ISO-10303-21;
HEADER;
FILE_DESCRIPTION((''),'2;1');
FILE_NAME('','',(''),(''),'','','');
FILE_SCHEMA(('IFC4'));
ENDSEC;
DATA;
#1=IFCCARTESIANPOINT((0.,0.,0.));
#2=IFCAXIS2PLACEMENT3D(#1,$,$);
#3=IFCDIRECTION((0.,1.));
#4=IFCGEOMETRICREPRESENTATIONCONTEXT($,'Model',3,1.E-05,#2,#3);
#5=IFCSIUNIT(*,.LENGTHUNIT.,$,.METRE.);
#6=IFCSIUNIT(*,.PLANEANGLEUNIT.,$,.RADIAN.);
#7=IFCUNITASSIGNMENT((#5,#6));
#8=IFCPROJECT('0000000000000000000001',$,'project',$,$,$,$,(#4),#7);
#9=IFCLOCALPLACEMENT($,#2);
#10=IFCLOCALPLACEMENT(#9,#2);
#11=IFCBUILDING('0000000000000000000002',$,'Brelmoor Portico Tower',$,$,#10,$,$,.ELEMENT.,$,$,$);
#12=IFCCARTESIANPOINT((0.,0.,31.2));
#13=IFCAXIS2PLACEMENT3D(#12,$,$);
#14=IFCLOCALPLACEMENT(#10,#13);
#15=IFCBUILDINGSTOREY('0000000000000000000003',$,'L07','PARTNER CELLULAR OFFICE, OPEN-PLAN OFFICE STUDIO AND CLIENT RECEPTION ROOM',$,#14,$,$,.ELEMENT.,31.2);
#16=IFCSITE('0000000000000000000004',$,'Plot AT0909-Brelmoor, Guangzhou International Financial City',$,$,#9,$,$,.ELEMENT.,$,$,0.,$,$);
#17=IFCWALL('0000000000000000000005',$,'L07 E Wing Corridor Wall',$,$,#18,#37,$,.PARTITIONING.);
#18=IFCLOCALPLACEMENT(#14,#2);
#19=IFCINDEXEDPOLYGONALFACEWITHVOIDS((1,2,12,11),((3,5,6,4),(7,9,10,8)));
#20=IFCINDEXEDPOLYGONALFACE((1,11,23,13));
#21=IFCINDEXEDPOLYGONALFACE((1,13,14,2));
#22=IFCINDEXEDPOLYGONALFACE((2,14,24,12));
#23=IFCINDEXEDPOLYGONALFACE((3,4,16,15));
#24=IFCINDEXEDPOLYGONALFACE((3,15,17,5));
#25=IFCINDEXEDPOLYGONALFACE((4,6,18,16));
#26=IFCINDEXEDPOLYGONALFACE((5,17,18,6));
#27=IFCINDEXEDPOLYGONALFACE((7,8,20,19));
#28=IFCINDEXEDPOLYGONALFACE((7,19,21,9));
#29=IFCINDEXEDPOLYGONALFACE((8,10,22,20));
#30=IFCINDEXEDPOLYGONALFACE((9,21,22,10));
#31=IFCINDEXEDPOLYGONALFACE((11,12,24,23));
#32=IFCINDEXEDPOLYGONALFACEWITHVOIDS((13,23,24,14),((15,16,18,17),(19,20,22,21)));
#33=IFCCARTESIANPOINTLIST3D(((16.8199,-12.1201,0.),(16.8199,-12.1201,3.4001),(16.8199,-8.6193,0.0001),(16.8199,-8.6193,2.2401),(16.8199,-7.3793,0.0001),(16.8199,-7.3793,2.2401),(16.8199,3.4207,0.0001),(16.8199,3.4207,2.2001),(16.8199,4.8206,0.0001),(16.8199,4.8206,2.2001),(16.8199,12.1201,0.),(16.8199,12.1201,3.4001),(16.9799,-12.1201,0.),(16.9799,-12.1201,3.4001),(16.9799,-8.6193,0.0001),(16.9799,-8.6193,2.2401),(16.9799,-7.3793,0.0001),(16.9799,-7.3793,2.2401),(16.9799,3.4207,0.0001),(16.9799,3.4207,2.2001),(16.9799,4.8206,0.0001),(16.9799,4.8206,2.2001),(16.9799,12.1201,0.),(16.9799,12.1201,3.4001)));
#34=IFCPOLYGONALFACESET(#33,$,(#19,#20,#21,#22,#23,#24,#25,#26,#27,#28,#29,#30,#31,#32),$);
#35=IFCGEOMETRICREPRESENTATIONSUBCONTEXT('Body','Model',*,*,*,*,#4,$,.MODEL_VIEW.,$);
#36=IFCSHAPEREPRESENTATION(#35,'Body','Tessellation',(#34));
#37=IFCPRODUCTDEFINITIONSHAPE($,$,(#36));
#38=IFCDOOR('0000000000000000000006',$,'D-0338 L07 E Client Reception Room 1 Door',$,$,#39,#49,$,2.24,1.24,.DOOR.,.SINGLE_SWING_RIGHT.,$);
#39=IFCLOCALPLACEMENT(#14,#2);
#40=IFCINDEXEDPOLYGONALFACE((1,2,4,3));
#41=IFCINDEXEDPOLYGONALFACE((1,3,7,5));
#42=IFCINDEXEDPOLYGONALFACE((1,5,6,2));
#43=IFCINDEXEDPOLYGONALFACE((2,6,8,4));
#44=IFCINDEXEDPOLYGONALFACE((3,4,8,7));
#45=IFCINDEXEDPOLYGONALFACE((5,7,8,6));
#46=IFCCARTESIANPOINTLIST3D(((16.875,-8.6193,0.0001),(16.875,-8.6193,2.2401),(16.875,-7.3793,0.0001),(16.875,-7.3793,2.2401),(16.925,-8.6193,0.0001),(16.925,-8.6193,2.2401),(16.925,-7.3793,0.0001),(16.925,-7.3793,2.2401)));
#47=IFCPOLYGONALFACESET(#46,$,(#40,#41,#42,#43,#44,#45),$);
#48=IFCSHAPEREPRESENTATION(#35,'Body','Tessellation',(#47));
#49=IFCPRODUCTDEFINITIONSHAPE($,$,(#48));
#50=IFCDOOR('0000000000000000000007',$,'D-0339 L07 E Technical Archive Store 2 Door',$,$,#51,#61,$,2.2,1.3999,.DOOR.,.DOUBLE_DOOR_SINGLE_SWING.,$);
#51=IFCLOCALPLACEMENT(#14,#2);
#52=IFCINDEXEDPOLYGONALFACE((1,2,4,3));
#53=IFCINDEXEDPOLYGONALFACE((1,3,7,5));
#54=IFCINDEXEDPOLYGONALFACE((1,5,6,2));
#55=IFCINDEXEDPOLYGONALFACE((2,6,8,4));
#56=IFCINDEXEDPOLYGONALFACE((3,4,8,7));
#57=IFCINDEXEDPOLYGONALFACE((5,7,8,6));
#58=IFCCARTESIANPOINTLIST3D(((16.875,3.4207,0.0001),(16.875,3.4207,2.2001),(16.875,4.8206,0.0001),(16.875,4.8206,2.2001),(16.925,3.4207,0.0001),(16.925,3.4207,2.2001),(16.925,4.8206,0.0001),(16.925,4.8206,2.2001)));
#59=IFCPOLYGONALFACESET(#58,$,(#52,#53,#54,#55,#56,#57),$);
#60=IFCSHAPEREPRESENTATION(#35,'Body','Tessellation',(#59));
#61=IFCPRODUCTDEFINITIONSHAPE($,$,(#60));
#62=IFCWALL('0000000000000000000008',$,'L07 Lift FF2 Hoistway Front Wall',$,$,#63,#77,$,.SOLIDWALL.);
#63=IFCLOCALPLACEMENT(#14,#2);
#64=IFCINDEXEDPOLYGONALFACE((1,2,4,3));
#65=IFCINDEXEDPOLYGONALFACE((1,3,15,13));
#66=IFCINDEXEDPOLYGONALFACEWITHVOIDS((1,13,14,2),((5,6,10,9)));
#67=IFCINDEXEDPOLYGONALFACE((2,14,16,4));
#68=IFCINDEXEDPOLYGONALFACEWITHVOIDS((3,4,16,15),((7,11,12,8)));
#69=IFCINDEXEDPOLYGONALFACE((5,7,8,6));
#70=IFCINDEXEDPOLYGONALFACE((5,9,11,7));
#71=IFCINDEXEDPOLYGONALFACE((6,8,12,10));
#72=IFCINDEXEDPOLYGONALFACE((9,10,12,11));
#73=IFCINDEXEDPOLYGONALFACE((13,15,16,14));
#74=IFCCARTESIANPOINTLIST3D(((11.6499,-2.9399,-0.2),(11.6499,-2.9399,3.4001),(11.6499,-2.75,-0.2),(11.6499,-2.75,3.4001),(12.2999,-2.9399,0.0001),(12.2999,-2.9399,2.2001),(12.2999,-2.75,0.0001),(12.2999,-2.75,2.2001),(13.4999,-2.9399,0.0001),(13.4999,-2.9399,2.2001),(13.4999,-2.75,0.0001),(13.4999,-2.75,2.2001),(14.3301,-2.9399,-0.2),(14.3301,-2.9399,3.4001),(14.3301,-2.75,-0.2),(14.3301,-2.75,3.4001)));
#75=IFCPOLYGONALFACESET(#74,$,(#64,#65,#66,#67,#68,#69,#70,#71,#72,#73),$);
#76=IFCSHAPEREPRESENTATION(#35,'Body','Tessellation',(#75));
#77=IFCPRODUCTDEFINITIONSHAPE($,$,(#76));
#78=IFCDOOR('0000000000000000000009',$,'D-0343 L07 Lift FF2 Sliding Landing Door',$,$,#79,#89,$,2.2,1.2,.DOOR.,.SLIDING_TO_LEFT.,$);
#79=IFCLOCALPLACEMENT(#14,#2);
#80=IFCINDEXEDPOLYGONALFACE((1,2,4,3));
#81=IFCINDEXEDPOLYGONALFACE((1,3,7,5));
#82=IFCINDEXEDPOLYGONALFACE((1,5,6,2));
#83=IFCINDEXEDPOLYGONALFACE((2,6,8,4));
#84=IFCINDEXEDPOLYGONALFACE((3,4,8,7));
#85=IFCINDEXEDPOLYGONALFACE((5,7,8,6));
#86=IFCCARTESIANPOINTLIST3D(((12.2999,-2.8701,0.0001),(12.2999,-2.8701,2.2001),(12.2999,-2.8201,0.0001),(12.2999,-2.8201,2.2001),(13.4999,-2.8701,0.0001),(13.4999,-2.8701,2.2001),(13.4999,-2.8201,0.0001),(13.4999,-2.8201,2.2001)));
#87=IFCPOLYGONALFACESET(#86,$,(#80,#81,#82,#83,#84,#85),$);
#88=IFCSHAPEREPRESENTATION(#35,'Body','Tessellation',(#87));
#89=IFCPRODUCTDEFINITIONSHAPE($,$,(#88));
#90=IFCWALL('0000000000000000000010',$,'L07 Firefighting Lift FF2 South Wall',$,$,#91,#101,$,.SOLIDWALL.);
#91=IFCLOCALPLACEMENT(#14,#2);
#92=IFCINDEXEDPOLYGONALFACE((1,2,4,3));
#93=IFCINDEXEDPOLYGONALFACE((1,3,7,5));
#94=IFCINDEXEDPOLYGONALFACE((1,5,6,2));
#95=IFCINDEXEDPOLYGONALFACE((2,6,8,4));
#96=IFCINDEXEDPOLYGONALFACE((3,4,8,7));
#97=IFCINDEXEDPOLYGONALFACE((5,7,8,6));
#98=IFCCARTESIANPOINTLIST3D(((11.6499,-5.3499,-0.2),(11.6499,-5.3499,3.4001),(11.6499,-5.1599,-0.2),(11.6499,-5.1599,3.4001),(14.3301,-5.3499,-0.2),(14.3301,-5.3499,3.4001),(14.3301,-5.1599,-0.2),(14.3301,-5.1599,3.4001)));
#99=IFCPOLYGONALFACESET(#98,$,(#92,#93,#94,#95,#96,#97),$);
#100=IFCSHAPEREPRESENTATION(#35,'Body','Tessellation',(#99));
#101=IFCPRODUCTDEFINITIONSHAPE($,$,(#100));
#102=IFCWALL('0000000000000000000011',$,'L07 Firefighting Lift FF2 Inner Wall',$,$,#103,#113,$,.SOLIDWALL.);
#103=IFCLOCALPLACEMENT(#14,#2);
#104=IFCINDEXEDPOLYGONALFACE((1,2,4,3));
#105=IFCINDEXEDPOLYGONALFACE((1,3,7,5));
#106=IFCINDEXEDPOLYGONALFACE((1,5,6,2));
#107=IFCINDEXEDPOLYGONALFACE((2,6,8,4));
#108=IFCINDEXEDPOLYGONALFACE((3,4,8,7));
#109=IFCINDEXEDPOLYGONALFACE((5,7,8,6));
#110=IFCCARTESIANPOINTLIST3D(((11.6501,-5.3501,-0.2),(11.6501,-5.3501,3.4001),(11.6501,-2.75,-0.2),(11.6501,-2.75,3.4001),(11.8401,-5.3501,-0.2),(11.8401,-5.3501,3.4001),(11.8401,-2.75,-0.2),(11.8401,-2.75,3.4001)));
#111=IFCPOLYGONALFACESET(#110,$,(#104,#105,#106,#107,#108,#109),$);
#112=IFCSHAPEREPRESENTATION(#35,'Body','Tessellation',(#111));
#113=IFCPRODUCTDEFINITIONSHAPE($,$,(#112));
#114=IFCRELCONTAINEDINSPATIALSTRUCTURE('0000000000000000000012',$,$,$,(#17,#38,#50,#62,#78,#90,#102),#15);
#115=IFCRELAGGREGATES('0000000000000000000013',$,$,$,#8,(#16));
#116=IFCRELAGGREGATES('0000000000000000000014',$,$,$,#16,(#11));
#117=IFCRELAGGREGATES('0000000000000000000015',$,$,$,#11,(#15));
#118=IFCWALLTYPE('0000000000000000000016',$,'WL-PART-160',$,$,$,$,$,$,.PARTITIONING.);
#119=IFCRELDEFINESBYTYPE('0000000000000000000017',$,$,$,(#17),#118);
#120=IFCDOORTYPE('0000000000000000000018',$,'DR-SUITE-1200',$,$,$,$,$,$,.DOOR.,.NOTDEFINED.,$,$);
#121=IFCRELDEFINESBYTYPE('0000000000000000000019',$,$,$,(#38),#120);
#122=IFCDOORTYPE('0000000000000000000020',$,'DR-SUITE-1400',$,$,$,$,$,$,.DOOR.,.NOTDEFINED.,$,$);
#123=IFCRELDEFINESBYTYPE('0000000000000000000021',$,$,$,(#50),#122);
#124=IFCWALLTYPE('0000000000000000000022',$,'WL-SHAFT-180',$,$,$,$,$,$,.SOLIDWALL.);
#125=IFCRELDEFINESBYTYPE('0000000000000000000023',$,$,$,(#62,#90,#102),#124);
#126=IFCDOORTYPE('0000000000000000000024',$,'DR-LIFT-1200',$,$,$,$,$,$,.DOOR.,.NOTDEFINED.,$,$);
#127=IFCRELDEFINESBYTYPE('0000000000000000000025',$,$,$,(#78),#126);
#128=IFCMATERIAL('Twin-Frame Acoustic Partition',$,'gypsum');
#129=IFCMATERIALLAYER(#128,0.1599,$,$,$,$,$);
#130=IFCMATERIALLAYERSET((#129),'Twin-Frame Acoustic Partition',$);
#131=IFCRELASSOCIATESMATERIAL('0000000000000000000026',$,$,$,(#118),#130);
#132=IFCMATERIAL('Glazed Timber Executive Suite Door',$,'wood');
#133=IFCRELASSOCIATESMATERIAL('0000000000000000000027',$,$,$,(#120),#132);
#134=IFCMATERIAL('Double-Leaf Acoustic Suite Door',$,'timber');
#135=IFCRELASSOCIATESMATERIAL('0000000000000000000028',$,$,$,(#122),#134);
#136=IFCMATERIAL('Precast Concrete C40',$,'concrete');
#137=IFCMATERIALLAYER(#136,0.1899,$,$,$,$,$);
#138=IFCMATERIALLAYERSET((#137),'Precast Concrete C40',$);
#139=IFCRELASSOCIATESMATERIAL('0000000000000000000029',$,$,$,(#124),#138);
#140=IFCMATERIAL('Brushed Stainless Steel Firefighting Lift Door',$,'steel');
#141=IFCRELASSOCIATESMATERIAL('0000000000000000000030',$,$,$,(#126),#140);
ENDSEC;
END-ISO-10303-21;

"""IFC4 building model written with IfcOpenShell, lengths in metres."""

from ifc_helpers import new_model, si_unit, direction, frame, frame_2d, origin, place, context, subcontext, project, spatial, rectangle, extrude, material, layer, layer_set, type_object, element, fill, save


model = new_model("IFC4")

# Units and contexts
model_context = context("Model", 3, precision=1e-05, world=origin(), true_north=direction((0.0, 1.0)))
body_context = subcontext(model_context, "Body", "Model", "MODEL_VIEW")
ifc_project = project(units=[si_unit("LENGTHUNIT", "METRE"), si_unit("PLANEANGLEUNIT", "RADIAN")], contexts=[model_context])

# Site, building, storey
site_placement = place(None, origin())
site = spatial("IfcSite", under=ifc_project, at=site_placement, Name="Plot AT0909-Brelmoor, Guangzhou International Financial City", CompositionType="ELEMENT", RefElevation=0.0)
building_placement = place(site_placement, origin())
building = spatial("IfcBuilding", under=site, at=building_placement, Name="Brelmoor Portico Tower", CompositionType="ELEMENT")
storey_placement = place(building_placement, frame((0.0, 0.0, 31.2)))
storey = spatial("IfcBuildingStorey", under=building, at=storey_placement, Name="L07", Description="PARTNER CELLULAR OFFICE, OPEN-PLAN OFFICE STUDIO AND CLIENT RECEPTION ROOM", CompositionType="ELEMENT", Elevation=31.2)

# Shared definitions
ifc_material_1 = material(Name="Twin-Frame Acoustic Partition", Category="gypsum")
ifc_layer_1 = layer(ifc_material_1, 0.1599)
ifc_layer_set_1 = layer_set([ifc_layer_1], Name="Twin-Frame Acoustic Partition")
wall_type_1 = type_object("IfcWallType", Name="WL-PART-160", PredefinedType="PARTITIONING", material=ifc_layer_set_1)

# Wall, openings, doors
wall_1_placement = place(storey_placement, frame((16.8999, -12.1201, 0.0), z_axis=(0.0, 0.0, 1.0), x_axis=(0.0, 1.0, 0.0)))
wall_1 = element("IfcWall", 1, at=wall_1_placement, inside=storey, type_object=wall_type_1, Name="L07 E Wing Corridor Wall", PredefinedType="PARTITIONING", context=body_context, shape_type="SweptSolid", body=[
    extrude(rectangle(XDim=24.2402, YDim=0.1599, at=frame_2d((12.1201, 0.0))), origin(), (0.0, 0.0, 1.0), 3.4001),
])
opening_1_placement = place(wall_1_placement, frame((3.5007, 0.0, 0.0)))
opening_1 = element("IfcOpeningElement", 2, at=opening_1_placement, cuts=wall_1, PredefinedType="OPENING", context=body_context, shape_type="SweptSolid", body=[
    extrude(rectangle(XDim=1.24, YDim=2.24, at=frame_2d((0.6201, 1.1201))), frame((0.0, 0.0898, 0.0), z_axis=(0.0, -1.0, 0.0), x_axis=(1.0, 0.0, 0.0)), (0.0, 0.0, 1.0), 0.1799),
])
opening_2_placement = place(wall_1_placement, frame((15.5408, 0.0, 0.0)))
opening_2 = element("IfcOpeningElement", 3, at=opening_2_placement, cuts=wall_1, PredefinedType="OPENING", context=body_context, shape_type="SweptSolid", body=[
    extrude(rectangle(XDim=1.3999, YDim=2.2, at=frame_2d((0.7, 1.1001))), frame((0.0, 0.0898, 0.0), z_axis=(0.0, -1.0, 0.0), x_axis=(1.0, 0.0, 0.0)), (0.0, 0.0, 1.0), 0.1799),
])
ifc_material_2 = material(Name="Glazed Timber Executive Suite Door", Category="wood")
door_type_1 = type_object("IfcDoorType", Name="DR-SUITE-1200", OperationType="NOTDEFINED", PredefinedType="DOOR", material=ifc_material_2)
door_1_placement = place(opening_1_placement, origin())
door_1 = element("IfcDoor", 4, at=door_1_placement, inside=storey, type_object=door_type_1, Name="D-0338 L07 E Client Reception Room 1 Door", OperationType="SINGLE_SWING_RIGHT", OverallHeight=2.24, OverallWidth=1.24, PredefinedType="DOOR", context=body_context, shape_type="SweptSolid", body=[
    extrude(rectangle(XDim=1.24, YDim=2.24, at=frame_2d((0.6201, 1.1201))), frame((0.0, 0.0249, 0.0), z_axis=(0.0, -1.0, 0.0), x_axis=(1.0, 0.0, 0.0)), (0.0, 0.0, 1.0), 0.05),
])
fill(opening_1, door_1)
ifc_material_3 = material(Name="Double-Leaf Acoustic Suite Door", Category="timber")
door_type_2 = type_object("IfcDoorType", Name="DR-SUITE-1400", OperationType="NOTDEFINED", PredefinedType="DOOR", material=ifc_material_3)
door_2_placement = place(opening_2_placement, origin())
door_2 = element("IfcDoor", 5, at=door_2_placement, inside=storey, type_object=door_type_2, Name="D-0339 L07 E Technical Archive Store 2 Door", OperationType="DOUBLE_DOOR_SINGLE_SWING", OverallHeight=2.2, OverallWidth=1.3999, PredefinedType="DOOR", context=body_context, shape_type="SweptSolid", body=[
    extrude(rectangle(XDim=1.3999, YDim=2.2, at=frame_2d((0.7, 1.1001))), frame((0.0, 0.0249, 0.0), z_axis=(0.0, -1.0, 0.0), x_axis=(1.0, 0.0, 0.0)), (0.0, 0.0, 1.0), 0.05),
])
fill(opening_2, door_2)

# Wall, opening, door
ifc_material_4 = material(Name="Precast Concrete C40", Category="concrete")
ifc_layer_2 = layer(ifc_material_4, 0.1899)
ifc_layer_set_2 = layer_set([ifc_layer_2], Name="Precast Concrete C40")
wall_type_2 = type_object("IfcWallType", Name="WL-SHAFT-180", PredefinedType="SOLIDWALL", material=ifc_layer_set_2)
wall_2_placement = place(storey_placement, frame((11.6499, -2.845, -0.2), z_axis=(0.0, 0.0, 1.0), x_axis=(1.0, 0.0, 0.0)))
wall_2 = element("IfcWall", 6, at=wall_2_placement, inside=storey, type_object=wall_type_2, Name="L07 Lift FF2 Hoistway Front Wall", PredefinedType="SOLIDWALL", context=body_context, shape_type="SweptSolid", body=[
    extrude(rectangle(XDim=2.6802, YDim=0.1899, at=frame_2d((1.3401, 0.0))), origin(), (0.0, 0.0, 1.0), 3.6001),
])
opening_3_placement = place(wall_2_placement, frame((0.6499, 0.0, 0.2)))
opening_3 = element("IfcOpeningElement", 7, at=opening_3_placement, cuts=wall_2, PredefinedType="OPENING", context=body_context, shape_type="SweptSolid", body=[
    extrude(rectangle(XDim=1.2, YDim=2.2, at=frame_2d((0.6001, 1.1001))), frame((0.0, 0.105, 0.0), z_axis=(0.0, -1.0, 0.0), x_axis=(1.0, 0.0, 0.0)), (0.0, 0.0, 1.0), 0.21),
])
ifc_material_5 = material(Name="Brushed Stainless Steel Firefighting Lift Door", Category="steel")
door_type_3 = type_object("IfcDoorType", Name="DR-LIFT-1200", OperationType="NOTDEFINED", PredefinedType="DOOR", material=ifc_material_5)
door_3_placement = place(opening_3_placement, origin())
door_3 = element("IfcDoor", 8, at=door_3_placement, inside=storey, type_object=door_type_3, Name="D-0343 L07 Lift FF2 Sliding Landing Door", OperationType="SLIDING_TO_LEFT", OverallHeight=2.2, OverallWidth=1.2, PredefinedType="DOOR", context=body_context, shape_type="SweptSolid", body=[
    extrude(rectangle(XDim=1.2, YDim=2.2, at=frame_2d((0.6001, 1.1001))), frame((0.0, 0.0249, 0.0), z_axis=(0.0, -1.0, 0.0), x_axis=(1.0, 0.0, 0.0)), (0.0, 0.0, 1.0), 0.05),
])
fill(opening_3, door_3)

# Walls
wall_3_placement = place(storey_placement, frame((11.6499, -5.2549, -0.2), z_axis=(0.0, 0.0, 1.0), x_axis=(1.0, 0.0, 0.0)))
element("IfcWall", 9, at=wall_3_placement, inside=storey, type_object=wall_type_2, Name="L07 Firefighting Lift FF2 South Wall", PredefinedType="SOLIDWALL", context=body_context, shape_type="SweptSolid", body=[
    extrude(rectangle(XDim=2.6802, YDim=0.1899, at=frame_2d((1.3401, 0.0))), origin(), (0.0, 0.0, 1.0), 3.6001),
])
wall_4_placement = place(storey_placement, frame((11.7451, -5.3501, -0.2), z_axis=(0.0, 0.0, 1.0), x_axis=(0.0, 1.0, 0.0)))
element("IfcWall", 10, at=wall_4_placement, inside=storey, type_object=wall_type_2, Name="L07 Firefighting Lift FF2 Inner Wall", PredefinedType="SOLIDWALL", context=body_context, shape_type="SweptSolid", body=[
    extrude(rectangle(XDim=2.6001, YDim=0.1899, at=frame_2d((1.3, 0.0))), origin(), (0.0, 0.0, 1.0), 3.6001),
])

save(model, "model.ifc")
